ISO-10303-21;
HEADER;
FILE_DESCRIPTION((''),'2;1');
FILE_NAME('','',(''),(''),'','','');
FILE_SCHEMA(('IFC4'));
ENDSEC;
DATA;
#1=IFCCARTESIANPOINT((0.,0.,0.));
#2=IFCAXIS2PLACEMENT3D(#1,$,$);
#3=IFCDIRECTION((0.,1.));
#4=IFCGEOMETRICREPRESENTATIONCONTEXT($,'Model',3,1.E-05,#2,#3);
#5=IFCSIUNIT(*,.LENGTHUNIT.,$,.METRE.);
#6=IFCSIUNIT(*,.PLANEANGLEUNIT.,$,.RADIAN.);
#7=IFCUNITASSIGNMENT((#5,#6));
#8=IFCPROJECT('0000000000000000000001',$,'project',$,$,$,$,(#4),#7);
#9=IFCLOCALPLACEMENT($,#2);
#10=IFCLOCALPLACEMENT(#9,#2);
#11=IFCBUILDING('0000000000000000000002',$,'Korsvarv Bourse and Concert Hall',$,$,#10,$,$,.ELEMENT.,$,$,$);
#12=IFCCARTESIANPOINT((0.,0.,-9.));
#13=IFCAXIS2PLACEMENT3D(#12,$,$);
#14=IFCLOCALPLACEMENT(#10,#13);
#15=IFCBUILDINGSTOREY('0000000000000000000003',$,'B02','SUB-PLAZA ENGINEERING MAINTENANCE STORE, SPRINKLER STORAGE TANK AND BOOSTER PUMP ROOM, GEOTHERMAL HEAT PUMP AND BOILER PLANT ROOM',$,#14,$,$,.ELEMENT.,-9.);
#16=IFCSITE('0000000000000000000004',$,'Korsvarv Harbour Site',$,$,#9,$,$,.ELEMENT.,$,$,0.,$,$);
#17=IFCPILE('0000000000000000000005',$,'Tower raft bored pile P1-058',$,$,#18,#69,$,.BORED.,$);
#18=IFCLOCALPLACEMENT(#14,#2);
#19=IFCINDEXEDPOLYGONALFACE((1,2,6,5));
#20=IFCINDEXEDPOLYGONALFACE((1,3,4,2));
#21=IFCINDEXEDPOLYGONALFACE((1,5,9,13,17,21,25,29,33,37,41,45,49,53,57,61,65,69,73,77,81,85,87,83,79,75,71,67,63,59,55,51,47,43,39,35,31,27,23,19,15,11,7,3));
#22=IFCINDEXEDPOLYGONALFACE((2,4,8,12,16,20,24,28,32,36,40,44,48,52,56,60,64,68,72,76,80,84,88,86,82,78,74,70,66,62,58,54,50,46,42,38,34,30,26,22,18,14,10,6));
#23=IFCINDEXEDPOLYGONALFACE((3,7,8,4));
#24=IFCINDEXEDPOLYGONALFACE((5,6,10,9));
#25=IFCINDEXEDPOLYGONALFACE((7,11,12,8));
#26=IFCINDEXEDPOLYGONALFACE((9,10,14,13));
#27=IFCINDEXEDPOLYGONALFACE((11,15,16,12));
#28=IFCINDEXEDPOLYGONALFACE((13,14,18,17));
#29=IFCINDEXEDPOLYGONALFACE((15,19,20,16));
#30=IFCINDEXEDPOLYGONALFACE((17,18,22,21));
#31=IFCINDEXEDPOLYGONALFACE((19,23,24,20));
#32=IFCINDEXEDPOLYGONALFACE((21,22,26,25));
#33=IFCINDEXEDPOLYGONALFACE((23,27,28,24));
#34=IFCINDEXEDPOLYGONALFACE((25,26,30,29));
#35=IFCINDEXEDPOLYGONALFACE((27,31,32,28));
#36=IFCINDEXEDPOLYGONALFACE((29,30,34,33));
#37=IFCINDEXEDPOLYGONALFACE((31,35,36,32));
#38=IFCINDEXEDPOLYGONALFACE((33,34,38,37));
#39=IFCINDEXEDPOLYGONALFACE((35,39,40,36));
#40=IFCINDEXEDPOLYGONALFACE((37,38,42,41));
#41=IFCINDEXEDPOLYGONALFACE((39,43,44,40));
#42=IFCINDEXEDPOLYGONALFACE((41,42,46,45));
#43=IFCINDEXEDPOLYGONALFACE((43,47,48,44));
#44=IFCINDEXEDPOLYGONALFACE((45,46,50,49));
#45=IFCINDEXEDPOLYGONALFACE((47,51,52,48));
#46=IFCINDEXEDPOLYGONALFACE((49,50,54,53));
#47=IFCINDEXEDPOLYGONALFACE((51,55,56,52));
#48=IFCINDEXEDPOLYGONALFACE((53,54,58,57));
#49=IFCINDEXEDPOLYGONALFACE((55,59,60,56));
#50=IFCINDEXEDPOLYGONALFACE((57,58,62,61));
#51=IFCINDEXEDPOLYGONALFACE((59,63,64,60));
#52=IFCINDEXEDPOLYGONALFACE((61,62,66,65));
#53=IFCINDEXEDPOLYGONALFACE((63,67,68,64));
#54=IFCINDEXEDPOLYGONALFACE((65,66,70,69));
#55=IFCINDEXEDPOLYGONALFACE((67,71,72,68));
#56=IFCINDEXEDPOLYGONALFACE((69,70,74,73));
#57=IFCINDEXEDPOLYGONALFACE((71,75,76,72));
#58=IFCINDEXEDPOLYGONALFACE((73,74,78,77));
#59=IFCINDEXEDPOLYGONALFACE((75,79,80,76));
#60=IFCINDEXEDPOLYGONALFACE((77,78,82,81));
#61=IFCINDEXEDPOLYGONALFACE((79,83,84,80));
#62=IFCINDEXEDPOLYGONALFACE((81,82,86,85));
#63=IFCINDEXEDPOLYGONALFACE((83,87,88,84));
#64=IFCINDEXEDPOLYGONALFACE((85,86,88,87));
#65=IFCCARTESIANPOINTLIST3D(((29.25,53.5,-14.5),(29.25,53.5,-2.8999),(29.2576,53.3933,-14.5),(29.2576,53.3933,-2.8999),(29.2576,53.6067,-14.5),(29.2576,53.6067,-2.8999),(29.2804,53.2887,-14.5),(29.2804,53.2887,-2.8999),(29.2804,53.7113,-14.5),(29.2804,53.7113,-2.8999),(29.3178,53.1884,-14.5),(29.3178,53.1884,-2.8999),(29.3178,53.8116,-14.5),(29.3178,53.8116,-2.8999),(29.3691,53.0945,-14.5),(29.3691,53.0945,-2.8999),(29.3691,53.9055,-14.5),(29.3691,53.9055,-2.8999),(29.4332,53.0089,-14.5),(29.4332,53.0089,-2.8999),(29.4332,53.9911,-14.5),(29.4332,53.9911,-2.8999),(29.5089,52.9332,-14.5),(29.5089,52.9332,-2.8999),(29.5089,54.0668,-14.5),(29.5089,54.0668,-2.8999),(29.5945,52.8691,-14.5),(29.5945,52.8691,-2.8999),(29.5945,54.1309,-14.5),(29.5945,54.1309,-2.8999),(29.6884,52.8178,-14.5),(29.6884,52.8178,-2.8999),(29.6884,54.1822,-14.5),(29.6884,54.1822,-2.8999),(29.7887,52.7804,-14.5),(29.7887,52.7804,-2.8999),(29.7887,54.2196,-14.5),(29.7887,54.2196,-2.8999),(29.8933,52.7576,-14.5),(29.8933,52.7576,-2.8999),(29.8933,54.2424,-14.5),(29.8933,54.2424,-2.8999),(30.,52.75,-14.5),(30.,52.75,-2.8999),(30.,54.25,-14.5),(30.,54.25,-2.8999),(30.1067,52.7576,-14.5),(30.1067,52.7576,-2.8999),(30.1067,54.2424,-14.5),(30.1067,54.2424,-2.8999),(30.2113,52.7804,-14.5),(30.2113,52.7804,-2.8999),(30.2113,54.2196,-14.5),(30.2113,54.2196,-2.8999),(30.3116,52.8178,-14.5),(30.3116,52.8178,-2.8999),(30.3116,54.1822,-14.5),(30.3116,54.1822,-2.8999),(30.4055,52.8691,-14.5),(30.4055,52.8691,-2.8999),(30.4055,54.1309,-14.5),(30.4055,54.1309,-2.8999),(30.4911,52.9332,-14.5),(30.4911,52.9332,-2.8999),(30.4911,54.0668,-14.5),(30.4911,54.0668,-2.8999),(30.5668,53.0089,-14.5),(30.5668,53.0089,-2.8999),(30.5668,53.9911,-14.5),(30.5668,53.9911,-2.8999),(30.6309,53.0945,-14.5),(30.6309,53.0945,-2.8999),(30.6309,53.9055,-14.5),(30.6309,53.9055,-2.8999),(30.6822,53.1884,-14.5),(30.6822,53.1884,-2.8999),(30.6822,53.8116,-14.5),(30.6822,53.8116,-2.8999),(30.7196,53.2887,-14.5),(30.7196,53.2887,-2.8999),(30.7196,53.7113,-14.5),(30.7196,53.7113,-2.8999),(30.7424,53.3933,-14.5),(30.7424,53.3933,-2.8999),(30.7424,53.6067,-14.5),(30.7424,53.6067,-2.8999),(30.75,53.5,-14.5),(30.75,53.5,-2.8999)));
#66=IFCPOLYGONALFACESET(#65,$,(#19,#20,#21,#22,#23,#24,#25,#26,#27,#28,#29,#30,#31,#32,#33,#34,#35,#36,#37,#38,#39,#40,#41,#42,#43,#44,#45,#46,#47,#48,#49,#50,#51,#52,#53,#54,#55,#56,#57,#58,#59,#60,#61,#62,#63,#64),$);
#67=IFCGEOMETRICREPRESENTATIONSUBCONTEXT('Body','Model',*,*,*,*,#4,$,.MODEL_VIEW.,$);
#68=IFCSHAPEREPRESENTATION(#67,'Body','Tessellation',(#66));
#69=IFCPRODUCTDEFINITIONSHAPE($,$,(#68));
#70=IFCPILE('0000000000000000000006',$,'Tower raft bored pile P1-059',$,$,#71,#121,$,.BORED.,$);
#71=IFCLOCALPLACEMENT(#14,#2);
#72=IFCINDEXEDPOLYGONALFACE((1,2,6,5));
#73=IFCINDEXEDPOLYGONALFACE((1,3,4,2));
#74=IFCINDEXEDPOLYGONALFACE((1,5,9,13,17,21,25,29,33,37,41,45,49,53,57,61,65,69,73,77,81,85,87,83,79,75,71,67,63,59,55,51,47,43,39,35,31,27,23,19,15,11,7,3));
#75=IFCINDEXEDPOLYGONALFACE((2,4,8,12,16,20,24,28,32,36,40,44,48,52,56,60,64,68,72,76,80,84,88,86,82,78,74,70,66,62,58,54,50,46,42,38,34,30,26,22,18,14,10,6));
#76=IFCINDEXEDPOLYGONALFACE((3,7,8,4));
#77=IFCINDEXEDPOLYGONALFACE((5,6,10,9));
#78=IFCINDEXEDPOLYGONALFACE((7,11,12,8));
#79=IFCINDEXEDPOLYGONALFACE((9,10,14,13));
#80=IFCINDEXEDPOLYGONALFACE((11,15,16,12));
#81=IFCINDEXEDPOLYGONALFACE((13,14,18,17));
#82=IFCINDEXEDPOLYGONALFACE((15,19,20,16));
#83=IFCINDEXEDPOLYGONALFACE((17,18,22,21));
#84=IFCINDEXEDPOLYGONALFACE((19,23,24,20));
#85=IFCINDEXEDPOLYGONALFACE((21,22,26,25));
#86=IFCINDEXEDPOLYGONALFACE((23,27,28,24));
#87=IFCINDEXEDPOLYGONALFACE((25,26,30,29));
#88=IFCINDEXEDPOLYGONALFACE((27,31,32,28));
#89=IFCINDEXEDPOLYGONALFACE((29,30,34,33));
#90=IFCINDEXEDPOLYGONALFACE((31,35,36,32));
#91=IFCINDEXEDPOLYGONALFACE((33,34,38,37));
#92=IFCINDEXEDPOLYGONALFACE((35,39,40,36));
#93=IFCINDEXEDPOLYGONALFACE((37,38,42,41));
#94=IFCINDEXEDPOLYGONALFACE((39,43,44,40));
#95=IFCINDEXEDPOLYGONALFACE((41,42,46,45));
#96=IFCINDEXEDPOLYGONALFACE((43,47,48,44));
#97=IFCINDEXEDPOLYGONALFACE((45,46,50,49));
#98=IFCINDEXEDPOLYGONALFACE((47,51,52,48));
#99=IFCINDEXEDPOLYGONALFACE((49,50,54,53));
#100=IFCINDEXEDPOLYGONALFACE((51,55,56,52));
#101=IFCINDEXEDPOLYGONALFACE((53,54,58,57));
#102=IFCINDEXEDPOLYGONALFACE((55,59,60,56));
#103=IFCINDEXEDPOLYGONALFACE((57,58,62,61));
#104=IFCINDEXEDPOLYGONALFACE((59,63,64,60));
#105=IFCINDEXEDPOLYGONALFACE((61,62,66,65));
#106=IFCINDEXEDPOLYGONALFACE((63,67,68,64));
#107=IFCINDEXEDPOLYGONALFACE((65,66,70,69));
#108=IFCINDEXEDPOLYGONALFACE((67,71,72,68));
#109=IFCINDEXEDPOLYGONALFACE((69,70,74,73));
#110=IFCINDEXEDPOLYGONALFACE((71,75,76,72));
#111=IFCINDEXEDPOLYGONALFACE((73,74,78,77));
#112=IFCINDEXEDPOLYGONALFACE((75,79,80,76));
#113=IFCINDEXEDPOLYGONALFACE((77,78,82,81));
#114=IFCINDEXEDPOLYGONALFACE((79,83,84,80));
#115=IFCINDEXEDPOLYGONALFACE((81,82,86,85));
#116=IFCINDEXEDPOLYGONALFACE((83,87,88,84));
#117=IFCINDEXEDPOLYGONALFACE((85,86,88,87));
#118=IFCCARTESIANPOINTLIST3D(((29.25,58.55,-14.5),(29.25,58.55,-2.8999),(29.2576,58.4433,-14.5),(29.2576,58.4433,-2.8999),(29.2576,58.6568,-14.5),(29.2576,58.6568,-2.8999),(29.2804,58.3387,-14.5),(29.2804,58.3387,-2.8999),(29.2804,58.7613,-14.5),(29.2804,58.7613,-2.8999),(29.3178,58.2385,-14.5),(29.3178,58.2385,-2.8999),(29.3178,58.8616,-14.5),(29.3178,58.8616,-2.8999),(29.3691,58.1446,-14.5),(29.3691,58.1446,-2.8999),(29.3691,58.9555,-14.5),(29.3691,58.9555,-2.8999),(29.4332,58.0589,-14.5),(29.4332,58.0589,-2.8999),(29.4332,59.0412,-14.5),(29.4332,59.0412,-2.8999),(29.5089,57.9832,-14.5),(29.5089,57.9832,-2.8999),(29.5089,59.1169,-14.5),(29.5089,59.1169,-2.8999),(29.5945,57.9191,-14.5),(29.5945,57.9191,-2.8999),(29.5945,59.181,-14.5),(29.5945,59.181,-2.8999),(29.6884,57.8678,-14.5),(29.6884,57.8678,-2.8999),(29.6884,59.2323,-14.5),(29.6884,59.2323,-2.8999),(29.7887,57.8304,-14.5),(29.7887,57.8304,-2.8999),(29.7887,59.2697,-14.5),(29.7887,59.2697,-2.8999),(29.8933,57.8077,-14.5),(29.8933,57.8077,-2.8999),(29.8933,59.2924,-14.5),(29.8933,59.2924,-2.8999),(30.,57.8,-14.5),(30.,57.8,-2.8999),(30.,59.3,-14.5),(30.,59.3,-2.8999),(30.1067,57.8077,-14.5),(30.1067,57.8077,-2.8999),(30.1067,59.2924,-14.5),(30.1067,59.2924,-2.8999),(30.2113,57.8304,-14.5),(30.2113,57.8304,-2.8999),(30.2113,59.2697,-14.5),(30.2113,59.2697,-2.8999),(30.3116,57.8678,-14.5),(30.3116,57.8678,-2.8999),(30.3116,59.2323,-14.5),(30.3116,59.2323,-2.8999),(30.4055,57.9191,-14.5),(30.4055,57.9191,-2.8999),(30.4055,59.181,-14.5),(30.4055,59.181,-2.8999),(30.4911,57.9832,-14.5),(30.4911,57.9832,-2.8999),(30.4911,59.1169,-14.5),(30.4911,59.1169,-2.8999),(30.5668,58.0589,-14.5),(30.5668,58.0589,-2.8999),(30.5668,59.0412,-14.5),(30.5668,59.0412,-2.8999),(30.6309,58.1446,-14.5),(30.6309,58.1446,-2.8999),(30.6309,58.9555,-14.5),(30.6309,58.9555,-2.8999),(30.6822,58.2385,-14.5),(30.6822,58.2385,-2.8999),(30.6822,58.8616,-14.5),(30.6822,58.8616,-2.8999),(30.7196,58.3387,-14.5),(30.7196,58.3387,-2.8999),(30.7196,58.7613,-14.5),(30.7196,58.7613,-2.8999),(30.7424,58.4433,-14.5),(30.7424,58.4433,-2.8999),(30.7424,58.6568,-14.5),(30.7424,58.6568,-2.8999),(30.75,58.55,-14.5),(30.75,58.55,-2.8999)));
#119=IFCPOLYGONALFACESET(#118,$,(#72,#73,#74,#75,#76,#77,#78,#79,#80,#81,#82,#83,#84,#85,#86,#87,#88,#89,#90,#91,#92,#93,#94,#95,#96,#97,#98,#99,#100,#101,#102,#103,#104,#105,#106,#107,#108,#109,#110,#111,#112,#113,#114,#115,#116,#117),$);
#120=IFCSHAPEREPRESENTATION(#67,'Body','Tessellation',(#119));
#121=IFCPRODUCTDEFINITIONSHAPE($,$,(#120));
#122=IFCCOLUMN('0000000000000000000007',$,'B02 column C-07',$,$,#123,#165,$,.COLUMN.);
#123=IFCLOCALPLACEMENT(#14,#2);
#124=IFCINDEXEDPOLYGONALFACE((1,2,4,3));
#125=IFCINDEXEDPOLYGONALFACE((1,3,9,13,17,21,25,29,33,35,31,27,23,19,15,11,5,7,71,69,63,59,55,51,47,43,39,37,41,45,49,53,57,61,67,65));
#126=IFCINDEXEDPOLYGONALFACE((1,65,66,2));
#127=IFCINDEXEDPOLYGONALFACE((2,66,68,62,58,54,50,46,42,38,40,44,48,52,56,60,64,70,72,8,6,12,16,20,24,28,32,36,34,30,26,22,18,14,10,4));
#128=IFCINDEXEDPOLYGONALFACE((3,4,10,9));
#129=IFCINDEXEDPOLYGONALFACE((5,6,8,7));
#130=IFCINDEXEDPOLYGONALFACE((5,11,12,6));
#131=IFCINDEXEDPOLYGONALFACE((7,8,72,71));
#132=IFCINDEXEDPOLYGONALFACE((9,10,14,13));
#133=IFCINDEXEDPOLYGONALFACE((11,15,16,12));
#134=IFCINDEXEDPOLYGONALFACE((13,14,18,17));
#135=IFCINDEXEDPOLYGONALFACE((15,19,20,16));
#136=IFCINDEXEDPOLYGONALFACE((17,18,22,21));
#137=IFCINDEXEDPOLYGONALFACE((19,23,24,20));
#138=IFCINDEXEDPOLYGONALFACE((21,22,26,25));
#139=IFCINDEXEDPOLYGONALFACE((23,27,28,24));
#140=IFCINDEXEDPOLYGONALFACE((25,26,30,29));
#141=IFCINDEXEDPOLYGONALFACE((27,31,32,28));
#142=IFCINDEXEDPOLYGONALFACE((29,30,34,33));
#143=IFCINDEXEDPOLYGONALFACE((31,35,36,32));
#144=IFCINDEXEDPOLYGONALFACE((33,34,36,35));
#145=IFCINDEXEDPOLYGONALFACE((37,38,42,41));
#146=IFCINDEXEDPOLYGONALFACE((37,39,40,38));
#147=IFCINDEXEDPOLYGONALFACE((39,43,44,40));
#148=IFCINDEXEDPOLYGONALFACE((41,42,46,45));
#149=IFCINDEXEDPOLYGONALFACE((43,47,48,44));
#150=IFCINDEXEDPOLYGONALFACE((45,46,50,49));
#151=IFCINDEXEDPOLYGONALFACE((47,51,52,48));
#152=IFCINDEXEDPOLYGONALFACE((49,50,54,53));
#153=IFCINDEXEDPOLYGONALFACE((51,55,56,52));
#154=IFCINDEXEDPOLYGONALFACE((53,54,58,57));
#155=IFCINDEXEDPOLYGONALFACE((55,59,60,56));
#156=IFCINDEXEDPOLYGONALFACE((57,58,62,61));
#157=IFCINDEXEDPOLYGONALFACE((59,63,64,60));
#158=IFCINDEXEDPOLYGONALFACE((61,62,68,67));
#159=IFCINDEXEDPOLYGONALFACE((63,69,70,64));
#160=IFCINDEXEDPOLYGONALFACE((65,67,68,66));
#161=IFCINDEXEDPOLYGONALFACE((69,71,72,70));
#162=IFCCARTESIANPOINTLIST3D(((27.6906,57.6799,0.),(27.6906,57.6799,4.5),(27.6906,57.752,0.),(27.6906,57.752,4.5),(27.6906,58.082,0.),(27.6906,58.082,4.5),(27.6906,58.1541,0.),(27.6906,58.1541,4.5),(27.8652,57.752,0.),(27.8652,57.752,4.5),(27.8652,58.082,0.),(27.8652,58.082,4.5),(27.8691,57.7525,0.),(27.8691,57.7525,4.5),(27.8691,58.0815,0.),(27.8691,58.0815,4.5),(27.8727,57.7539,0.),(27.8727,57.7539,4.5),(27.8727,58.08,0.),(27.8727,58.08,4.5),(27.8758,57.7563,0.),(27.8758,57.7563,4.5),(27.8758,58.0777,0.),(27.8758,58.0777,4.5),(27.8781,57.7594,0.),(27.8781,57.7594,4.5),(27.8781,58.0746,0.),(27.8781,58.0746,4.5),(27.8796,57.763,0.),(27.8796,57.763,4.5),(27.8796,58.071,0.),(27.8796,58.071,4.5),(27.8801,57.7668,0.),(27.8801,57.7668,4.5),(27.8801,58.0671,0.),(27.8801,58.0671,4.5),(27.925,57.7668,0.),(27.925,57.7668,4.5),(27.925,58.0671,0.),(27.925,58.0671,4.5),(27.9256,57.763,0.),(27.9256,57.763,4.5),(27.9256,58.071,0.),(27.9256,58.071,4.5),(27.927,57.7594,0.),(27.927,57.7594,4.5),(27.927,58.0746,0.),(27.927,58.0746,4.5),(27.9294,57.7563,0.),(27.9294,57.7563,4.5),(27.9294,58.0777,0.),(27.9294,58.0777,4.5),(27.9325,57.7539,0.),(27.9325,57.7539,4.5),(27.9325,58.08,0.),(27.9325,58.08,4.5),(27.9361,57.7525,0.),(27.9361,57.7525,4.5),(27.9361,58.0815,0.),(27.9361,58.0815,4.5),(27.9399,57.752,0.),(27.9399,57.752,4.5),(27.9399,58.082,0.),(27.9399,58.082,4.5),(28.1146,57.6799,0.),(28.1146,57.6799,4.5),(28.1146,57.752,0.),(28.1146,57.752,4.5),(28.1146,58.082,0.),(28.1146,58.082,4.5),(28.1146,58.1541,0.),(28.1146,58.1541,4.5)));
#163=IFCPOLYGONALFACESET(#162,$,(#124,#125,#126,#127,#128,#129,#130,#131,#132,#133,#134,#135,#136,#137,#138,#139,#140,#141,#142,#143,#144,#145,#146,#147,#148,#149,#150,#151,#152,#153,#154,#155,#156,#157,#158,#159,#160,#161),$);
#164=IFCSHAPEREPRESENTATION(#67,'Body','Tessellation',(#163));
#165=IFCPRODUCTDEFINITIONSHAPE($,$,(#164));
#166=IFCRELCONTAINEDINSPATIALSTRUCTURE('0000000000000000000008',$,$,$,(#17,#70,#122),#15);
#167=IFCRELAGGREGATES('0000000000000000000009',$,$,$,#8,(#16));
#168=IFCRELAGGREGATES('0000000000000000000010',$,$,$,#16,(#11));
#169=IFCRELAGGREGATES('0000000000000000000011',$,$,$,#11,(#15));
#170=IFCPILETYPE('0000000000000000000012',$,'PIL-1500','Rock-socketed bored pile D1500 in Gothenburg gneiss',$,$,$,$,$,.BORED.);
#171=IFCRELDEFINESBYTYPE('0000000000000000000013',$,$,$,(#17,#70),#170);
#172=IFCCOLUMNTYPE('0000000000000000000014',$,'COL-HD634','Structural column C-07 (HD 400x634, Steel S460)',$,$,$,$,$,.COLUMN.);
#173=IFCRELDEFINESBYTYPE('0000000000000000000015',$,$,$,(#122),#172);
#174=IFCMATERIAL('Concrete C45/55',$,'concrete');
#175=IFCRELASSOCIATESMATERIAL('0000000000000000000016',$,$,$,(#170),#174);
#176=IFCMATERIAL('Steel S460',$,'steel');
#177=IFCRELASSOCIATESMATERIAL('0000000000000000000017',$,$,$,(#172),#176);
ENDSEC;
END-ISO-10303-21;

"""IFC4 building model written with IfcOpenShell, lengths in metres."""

from ifc_helpers import new_model, si_unit, direction, frame, origin, origin_2d, place, context, subcontext, project, spatial, circle, i_section, extrude, source, transform, mapped, material, material_profile, profile_set, type_object, element, save


model = new_model("IFC4")

# Units and contexts
model_context = context("Model", 3, precision=1e-05, world=origin(), true_north=direction((0.0, 1.0)))
body_context = subcontext(model_context, "Body", "Model", "MODEL_VIEW")
ifc_project = project(units=[si_unit("LENGTHUNIT", "METRE"), si_unit("PLANEANGLEUNIT", "RADIAN")], contexts=[model_context])

# Site, building, storey
site_placement = place(None, origin())
site = spatial("IfcSite", under=ifc_project, at=site_placement, Name="Korsvarv Harbour Site", CompositionType="ELEMENT", RefElevation=0.0)
building_placement = place(site_placement, origin())
building = spatial("IfcBuilding", under=site, at=building_placement, Name="Korsvarv Bourse and Concert Hall", CompositionType="ELEMENT")
storey_placement = place(building_placement, frame((0.0, 0.0, -9.0)))
storey = spatial("IfcBuildingStorey", under=building, at=storey_placement, Name="B02", Description="SUB-PLAZA ENGINEERING MAINTENANCE STORE, SPRINKLER STORAGE TANK AND BOOSTER PUMP ROOM, GEOTHERMAL HEAT PUMP AND BOILER PLANT ROOM", CompositionType="ELEMENT", Elevation=-9.0)

# Piles
ifc_material_1 = material(Name="Concrete C45/55", Category="concrete")
ifc_material_profile_1 = material_profile(ifc_material_1, circle(Radius=0.75, at=origin_2d()), Name="PILE D1500")
ifc_profile_set_1 = profile_set([ifc_material_profile_1], Name="Concrete C45/55")
pile_type = type_object("IfcPileType", Name="PIL-1500", Description="Rock-socketed bored pile D1500 in Gothenburg gneiss", PredefinedType="BORED", material=ifc_profile_set_1)
shared_shape_1 = source(origin(), body_context, "Body", "SweptSolid", [
    extrude(circle(Radius=0.75, at=origin_2d()), origin(), (0.0, 0.0, 1.0), 11.6001),
])
for number, where, z_axis, x_axis, name in (
    (1, (30.0, 53.5, -2.8999), (0.0, 0.0, -1.0), (1.0, 0.0, 0.0), "Tower raft bored pile P1-058"),
    (2, (30.0, 58.55, -2.8999), (0.0, 0.0, -1.0), (1.0, 0.0, 0.0), "Tower raft bored pile P1-059"),
):
    element("IfcPile", number, at=place(storey_placement, frame(where, z_axis=z_axis, x_axis=x_axis)), inside=storey, type_object=pile_type, Name=name, PredefinedType="BORED", context=body_context, shape_type="MappedRepresentation", body=[
        mapped(shared_shape_1, transform((0.0, 0.0, 0.0), scale=1.0)),
    ])

# Column
ifc_material_2 = material(Name="Steel S460", Category="steel")
ifc_material_profile_2 = material_profile(ifc_material_2, i_section(OverallWidth=0.4241, OverallDepth=0.4741, WebThickness=0.0449, FlangeThickness=0.072, FilletRadius=0.0149, at=origin_2d()), Name="HD 400x634")
ifc_profile_set_2 = profile_set([ifc_material_profile_2], Name="Steel S460")
column_type_1 = type_object("IfcColumnType", Name="COL-HD634", Description="Structural column C-07 (HD 400x634, Steel S460)", PredefinedType="COLUMN", material=ifc_profile_set_2)
shared_shape_2 = source(origin(), body_context, "Body", "SweptSolid", [
    extrude(i_section(OverallWidth=0.4241, OverallDepth=0.4741, WebThickness=0.0449, FlangeThickness=0.072, FilletRadius=0.0149, at=origin_2d()), origin(), (0.0, 0.0, 1.0), 4.5),
])
for number, where, z_axis, x_axis, name in (
    (3, (27.9026, 57.917, 0.0), (0.0, 0.0, 1.0), (1.0, 0.0, 0.0), "B02 column C-07"),
):
    element("IfcColumn", number, at=place(storey_placement, frame(where, z_axis=z_axis, x_axis=x_axis)), inside=storey, type_object=column_type_1, Name=name, PredefinedType="COLUMN", context=body_context, shape_type="MappedRepresentation", body=[
        mapped(shared_shape_2, transform((0.0, 0.0, 0.0), scale=1.0)),
    ])

save(model, "model.ifc")
